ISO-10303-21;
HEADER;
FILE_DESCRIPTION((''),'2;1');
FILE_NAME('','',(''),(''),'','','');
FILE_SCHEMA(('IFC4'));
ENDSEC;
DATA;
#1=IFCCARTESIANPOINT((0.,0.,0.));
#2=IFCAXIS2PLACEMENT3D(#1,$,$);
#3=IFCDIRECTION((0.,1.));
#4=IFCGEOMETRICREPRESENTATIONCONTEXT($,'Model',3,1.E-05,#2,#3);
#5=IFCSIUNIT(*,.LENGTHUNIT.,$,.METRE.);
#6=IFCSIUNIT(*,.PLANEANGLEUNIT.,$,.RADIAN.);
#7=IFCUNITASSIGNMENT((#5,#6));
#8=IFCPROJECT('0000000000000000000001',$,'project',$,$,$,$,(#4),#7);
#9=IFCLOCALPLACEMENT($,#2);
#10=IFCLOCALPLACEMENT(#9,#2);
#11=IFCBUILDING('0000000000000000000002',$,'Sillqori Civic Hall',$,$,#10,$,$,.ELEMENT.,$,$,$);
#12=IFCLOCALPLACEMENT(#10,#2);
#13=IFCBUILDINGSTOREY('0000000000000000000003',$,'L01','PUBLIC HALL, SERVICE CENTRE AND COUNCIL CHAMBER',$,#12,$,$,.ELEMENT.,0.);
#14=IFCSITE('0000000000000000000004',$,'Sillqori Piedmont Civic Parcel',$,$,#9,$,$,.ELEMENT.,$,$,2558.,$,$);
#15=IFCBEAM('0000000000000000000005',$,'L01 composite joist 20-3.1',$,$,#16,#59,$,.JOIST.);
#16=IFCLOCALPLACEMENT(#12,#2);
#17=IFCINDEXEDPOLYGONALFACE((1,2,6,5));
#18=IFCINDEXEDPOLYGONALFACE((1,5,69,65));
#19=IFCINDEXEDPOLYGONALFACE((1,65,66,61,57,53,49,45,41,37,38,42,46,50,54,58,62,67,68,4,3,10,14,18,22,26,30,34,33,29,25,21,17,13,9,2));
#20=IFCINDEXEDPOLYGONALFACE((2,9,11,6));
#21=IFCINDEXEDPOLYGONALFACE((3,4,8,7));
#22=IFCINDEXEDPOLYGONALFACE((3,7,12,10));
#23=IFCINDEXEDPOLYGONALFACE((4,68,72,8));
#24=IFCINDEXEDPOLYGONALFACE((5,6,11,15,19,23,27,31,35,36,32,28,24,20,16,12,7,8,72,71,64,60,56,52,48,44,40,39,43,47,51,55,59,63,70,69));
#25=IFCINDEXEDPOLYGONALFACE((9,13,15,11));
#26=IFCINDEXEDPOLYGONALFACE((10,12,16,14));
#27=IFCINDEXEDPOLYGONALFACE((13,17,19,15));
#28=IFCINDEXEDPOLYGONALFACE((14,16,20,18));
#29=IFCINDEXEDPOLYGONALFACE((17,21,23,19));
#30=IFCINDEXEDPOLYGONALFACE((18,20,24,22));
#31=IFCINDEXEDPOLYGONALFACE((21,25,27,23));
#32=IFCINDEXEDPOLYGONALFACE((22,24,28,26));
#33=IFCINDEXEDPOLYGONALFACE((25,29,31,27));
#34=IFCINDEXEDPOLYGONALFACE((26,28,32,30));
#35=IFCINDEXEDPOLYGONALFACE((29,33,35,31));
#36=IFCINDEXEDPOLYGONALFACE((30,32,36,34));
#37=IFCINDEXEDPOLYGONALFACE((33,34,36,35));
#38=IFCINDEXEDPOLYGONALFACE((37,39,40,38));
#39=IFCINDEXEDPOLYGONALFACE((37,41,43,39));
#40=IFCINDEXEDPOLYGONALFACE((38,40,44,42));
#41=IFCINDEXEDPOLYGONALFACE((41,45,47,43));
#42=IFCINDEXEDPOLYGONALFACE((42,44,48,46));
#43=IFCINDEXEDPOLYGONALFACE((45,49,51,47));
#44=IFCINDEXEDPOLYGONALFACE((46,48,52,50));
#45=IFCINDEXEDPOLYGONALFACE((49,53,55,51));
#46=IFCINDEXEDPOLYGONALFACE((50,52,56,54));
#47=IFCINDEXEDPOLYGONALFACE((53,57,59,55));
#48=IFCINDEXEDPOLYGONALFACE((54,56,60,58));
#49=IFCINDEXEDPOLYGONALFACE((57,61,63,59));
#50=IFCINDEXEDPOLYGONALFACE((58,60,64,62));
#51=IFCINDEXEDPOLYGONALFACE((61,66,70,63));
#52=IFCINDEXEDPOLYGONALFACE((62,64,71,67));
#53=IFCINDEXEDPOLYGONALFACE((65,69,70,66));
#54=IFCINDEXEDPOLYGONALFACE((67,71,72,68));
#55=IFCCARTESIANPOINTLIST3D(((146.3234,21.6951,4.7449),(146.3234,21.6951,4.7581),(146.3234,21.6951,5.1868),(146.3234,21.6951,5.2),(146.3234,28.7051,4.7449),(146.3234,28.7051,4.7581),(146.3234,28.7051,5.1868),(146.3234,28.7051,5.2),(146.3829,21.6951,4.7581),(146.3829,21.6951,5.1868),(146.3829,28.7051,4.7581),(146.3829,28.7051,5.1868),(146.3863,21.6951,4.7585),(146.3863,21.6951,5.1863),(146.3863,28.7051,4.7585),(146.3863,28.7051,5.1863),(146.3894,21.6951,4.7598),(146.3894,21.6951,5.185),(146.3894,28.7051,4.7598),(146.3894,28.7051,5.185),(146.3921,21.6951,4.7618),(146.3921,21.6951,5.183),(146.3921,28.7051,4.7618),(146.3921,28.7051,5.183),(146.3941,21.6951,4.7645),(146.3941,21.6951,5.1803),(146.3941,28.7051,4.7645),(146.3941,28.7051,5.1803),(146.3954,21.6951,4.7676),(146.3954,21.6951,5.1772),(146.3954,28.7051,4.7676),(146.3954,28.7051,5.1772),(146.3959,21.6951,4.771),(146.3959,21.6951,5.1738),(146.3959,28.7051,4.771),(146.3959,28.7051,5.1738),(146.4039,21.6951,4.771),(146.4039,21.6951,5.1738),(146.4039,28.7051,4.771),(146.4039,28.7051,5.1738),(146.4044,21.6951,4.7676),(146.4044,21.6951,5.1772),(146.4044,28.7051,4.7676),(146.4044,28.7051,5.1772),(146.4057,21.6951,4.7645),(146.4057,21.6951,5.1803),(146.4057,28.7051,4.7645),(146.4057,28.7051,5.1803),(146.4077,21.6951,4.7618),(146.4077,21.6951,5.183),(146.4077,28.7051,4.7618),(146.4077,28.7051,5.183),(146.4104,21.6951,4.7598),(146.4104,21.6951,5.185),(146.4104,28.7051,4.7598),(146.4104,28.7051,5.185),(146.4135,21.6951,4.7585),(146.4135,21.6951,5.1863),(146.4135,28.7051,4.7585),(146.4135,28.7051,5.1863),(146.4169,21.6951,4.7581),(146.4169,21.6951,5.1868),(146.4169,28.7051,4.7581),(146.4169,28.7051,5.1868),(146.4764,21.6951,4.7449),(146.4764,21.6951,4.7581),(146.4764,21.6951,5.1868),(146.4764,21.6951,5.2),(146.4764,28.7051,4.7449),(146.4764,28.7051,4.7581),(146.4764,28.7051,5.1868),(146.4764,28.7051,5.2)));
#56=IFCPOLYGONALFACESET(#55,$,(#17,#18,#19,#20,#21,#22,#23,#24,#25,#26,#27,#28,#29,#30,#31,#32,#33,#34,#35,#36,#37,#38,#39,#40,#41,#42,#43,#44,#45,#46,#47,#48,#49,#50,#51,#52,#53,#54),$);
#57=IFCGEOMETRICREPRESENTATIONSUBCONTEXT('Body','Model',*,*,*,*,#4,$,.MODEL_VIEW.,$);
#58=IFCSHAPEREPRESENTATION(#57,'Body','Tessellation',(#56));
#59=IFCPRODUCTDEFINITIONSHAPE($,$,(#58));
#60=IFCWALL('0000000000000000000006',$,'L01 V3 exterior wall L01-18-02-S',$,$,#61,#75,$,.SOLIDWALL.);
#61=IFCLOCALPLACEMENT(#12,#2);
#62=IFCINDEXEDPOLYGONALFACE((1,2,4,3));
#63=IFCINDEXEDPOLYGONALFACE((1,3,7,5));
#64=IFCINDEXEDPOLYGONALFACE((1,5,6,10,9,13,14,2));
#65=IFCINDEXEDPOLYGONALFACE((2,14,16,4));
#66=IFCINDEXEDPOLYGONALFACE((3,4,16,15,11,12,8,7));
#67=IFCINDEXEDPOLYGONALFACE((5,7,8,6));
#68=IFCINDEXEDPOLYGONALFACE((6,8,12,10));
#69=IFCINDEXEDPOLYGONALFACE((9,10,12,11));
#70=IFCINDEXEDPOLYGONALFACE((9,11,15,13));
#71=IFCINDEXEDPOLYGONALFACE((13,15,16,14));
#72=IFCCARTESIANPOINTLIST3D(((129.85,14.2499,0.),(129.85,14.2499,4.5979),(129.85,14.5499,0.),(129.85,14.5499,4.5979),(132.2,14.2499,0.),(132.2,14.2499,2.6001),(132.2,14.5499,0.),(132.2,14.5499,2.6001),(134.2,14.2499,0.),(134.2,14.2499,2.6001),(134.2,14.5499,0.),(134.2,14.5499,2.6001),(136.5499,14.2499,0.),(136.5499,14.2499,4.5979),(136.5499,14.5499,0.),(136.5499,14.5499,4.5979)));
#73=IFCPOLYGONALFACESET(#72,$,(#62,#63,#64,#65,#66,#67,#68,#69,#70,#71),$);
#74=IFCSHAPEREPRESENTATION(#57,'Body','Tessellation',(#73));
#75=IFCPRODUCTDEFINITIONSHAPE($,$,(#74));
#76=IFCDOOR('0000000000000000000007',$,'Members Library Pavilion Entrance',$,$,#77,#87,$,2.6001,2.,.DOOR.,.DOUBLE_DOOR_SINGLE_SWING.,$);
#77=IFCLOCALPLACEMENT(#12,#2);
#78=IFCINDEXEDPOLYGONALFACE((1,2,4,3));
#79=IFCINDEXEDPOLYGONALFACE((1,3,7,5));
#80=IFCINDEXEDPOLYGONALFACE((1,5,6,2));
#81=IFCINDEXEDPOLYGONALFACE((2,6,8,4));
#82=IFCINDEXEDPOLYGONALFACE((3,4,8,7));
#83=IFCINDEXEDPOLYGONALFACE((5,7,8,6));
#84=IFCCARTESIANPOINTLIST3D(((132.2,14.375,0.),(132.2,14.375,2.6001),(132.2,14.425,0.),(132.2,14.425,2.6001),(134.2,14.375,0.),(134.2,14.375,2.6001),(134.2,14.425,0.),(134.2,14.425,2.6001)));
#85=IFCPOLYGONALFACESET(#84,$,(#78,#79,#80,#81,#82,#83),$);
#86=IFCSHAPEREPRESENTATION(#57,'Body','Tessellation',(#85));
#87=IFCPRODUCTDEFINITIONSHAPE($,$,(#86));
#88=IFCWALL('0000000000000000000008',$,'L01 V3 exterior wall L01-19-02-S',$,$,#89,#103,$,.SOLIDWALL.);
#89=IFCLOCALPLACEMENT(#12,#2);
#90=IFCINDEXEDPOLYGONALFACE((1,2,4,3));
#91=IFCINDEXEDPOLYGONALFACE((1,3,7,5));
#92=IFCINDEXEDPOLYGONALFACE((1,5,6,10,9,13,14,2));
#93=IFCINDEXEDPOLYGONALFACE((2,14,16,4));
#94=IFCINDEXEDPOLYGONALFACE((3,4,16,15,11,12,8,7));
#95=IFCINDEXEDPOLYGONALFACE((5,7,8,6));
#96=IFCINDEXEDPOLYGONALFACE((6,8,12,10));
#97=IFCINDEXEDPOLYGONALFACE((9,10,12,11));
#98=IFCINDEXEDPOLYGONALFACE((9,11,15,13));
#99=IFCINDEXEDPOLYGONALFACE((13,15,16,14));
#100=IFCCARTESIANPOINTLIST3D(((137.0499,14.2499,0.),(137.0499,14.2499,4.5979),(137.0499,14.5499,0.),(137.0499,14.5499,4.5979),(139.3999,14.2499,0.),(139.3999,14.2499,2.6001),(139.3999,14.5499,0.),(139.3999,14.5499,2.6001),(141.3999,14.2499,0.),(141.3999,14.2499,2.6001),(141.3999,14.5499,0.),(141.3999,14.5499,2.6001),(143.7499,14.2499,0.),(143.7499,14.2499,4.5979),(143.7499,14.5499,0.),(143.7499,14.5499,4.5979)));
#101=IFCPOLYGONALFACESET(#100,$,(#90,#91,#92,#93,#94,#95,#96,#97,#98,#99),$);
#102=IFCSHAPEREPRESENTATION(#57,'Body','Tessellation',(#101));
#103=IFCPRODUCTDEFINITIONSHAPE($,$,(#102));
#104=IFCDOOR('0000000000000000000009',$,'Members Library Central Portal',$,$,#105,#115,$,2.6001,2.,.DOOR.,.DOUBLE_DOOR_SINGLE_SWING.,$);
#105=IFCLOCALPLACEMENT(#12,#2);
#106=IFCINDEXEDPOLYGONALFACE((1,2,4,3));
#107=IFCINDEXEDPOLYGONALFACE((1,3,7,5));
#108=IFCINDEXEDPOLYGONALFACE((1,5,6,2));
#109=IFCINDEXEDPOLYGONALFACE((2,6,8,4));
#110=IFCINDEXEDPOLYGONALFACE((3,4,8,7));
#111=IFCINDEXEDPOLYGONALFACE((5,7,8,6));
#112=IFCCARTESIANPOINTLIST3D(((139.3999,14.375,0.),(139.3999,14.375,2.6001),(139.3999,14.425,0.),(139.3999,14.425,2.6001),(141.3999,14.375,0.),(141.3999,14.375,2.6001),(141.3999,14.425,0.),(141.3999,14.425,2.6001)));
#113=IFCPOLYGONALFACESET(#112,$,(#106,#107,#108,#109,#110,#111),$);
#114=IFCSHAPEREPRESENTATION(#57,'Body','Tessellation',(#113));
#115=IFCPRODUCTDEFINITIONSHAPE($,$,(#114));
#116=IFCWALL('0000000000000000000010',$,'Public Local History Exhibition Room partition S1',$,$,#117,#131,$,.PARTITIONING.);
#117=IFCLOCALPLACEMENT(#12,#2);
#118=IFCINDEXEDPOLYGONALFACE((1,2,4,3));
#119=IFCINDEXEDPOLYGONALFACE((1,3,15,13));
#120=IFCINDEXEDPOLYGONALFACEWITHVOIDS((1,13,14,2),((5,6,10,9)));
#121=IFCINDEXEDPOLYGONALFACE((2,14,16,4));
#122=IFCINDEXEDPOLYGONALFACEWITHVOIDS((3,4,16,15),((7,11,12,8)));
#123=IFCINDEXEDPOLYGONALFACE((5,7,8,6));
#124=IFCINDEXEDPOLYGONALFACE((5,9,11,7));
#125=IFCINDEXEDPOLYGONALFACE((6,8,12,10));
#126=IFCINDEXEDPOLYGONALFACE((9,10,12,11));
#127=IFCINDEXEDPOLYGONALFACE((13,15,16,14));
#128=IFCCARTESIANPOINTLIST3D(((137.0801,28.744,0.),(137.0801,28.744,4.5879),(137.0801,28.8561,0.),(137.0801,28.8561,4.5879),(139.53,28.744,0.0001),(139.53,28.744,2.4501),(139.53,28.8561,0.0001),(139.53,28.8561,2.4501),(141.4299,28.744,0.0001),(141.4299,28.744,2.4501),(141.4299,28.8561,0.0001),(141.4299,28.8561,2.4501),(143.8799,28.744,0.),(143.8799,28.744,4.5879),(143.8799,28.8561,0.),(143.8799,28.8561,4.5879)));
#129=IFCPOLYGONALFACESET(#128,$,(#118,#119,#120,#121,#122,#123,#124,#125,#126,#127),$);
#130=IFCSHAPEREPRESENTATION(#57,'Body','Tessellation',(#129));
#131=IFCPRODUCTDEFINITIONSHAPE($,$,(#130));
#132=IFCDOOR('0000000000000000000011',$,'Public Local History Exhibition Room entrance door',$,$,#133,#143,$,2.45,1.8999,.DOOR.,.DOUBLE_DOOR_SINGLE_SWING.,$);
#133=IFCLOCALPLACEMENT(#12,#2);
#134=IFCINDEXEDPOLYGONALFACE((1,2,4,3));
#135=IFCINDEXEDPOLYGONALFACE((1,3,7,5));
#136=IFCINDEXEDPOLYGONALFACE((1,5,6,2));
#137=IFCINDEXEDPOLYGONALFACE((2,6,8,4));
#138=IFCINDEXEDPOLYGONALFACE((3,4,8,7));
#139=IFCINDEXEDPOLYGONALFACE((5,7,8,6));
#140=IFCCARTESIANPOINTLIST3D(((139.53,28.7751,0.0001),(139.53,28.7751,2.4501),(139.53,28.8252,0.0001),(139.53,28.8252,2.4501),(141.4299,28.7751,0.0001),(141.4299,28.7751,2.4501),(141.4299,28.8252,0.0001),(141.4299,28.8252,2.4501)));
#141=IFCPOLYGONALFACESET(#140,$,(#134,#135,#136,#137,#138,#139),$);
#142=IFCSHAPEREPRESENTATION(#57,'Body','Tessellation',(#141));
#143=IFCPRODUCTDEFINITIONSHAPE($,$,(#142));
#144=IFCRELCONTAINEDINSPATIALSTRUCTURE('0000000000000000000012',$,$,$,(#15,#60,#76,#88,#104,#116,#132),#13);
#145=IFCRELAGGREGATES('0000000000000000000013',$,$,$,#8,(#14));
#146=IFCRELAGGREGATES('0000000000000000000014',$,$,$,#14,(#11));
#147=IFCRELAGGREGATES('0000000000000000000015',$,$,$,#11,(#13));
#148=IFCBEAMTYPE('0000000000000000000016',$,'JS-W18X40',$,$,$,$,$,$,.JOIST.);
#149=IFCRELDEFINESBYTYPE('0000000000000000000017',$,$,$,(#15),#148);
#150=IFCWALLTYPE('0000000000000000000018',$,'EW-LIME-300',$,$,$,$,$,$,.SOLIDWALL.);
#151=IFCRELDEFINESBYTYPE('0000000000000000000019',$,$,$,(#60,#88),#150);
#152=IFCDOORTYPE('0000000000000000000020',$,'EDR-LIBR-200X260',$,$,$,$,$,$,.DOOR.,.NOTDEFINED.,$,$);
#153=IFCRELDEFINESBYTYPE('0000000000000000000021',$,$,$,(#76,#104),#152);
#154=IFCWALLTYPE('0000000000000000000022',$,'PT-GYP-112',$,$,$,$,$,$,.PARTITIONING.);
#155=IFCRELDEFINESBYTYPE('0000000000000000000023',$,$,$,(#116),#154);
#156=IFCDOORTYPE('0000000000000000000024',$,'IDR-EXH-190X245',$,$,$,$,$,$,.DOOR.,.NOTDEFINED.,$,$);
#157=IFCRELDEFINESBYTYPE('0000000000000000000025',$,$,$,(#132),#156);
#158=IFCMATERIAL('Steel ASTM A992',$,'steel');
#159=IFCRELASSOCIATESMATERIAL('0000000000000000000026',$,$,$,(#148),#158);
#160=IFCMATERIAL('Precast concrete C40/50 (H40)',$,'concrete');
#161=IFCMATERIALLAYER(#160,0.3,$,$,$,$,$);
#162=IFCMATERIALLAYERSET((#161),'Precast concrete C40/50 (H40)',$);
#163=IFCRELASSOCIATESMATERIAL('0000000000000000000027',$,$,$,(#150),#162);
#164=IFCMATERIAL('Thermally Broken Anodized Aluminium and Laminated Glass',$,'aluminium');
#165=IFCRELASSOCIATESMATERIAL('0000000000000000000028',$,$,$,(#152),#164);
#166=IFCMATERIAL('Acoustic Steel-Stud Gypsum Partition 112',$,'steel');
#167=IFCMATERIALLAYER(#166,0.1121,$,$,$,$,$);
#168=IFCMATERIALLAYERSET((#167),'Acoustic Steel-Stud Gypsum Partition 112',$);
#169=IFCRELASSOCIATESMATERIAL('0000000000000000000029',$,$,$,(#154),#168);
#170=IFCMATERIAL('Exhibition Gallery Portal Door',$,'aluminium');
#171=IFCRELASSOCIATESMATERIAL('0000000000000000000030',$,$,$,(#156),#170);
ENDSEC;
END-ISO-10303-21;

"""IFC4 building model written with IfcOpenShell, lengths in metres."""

from ifc_helpers import new_model, si_unit, direction, frame, frame_2d, origin, origin_2d, place, context, subcontext, project, spatial, rectangle, i_section, extrude, material, layer, layer_set, material_profile, profile_set, type_object, element, fill, save


model = new_model("IFC4")

# Units and contexts
model_context = context("Model", 3, precision=1e-05, world=origin(), true_north=direction((0.0, 1.0)))
body_context = subcontext(model_context, "Body", "Model", "MODEL_VIEW")
ifc_project = project(units=[si_unit("LENGTHUNIT", "METRE"), si_unit("PLANEANGLEUNIT", "RADIAN")], contexts=[model_context])

# Site, building, storey
site_placement = place(None, origin())
site = spatial("IfcSite", under=ifc_project, at=site_placement, Name="Sillqori Piedmont Civic Parcel", CompositionType="ELEMENT", RefElevation=2558.0)
building_placement = place(site_placement, origin())
building = spatial("IfcBuilding", under=site, at=building_placement, Name="Sillqori Civic Hall", CompositionType="ELEMENT")
storey_placement = place(building_placement, origin())
storey = spatial("IfcBuildingStorey", under=building, at=storey_placement, Name="L01", Description="PUBLIC HALL, SERVICE CENTRE AND COUNCIL CHAMBER", CompositionType="ELEMENT", Elevation=0.0)

# Shared definitions
ifc_material_1 = material(Name="Steel ASTM A992", Category="steel")

# Beam
ifc_material_profile_1 = material_profile(ifc_material_1, i_section(OverallWidth=0.1531, OverallDepth=0.4551, WebThickness=0.0081, FlangeThickness=0.0132, FilletRadius=0.0129, at=origin_2d()), Name="W18X40")
ifc_profile_set_1 = profile_set([ifc_material_profile_1], Name="Steel ASTM A992")
beam_type_1 = type_object("IfcBeamType", Name="JS-W18X40", PredefinedType="JOIST", material=ifc_profile_set_1)
beam_1_placement = place(storey_placement, frame((146.3999, 21.6951, 4.9724), z_axis=(0.0, 1.0, 0.0), x_axis=(-1.0, 0.0, 0.0)))
element("IfcBeam", 1, at=beam_1_placement, inside=storey, type_object=beam_type_1, Name="L01 composite joist 20-3.1", PredefinedType="JOIST", context=body_context, shape_type="SweptSolid", body=[
    extrude(i_section(OverallWidth=0.1531, OverallDepth=0.4551, WebThickness=0.0081, FlangeThickness=0.0132, FilletRadius=0.0129, at=origin_2d()), origin(), (0.0, 0.0, 1.0), 7.01),
])

# Walls, openings, doors
ifc_material_2 = material(Name="Precast concrete C40/50 (H40)", Category="concrete")
ifc_layer_1 = layer(ifc_material_2, 0.3)
ifc_layer_set_1 = layer_set([ifc_layer_1], Name="Precast concrete C40/50 (H40)")
wall_type_1 = type_object("IfcWallType", Name="EW-LIME-300", PredefinedType="SOLIDWALL", material=ifc_layer_set_1)
wall_1_placement = place(storey_placement, frame((136.55, 14.3999, 0.0), z_axis=(0.0, 0.0, 1.0), x_axis=(-1.0, 0.0, 0.0)))
wall_1 = element("IfcWall", 2, at=wall_1_placement, inside=storey, type_object=wall_type_1, Name="L01 V3 exterior wall L01-18-02-S", PredefinedType="SOLIDWALL", context=body_context, shape_type="SweptSolid", body=[
    extrude(rectangle(XDim=6.7, YDim=0.3, at=frame_2d((3.3501, 0.0))), origin(), (0.0, 0.0, 1.0), 4.5979),
])
opening_1_placement = place(wall_1_placement, frame((2.3501, 0.0, 0.0)))
opening_1 = element("IfcOpeningElement", 3, at=opening_1_placement, cuts=wall_1, PredefinedType="OPENING", context=body_context, shape_type="SweptSolid", body=[
    extrude(rectangle(XDim=2.0, YDim=2.6001, at=frame_2d((1.0, 1.3))), frame((0.0, 0.1599, 0.0), z_axis=(0.0, -1.0, 0.0), x_axis=(1.0, 0.0, 0.0)), (0.0, 0.0, 1.0), 0.3201),
])
ifc_material_3 = material(Name="Thermally Broken Anodized Aluminium and Laminated Glass", Category="aluminium")
door_type_1 = type_object("IfcDoorType", Name="EDR-LIBR-200X260", OperationType="NOTDEFINED", PredefinedType="DOOR", material=ifc_material_3)
door_1_placement = place(opening_1_placement, origin())
door_1 = element("IfcDoor", 4, at=door_1_placement, inside=storey, type_object=door_type_1, Name="Members Library Pavilion Entrance", OperationType="DOUBLE_DOOR_SINGLE_SWING", OverallHeight=2.6001, OverallWidth=2.0, PredefinedType="DOOR", context=body_context, shape_type="SweptSolid", body=[
    extrude(rectangle(XDim=2.0, YDim=2.6001, at=frame_2d((1.0, 1.3))), frame((0.0, 0.0249, 0.0), z_axis=(0.0, -1.0, 0.0), x_axis=(1.0, 0.0, 0.0)), (0.0, 0.0, 1.0), 0.05),
])
fill(opening_1, door_1)
wall_2_placement = place(storey_placement, frame((143.75, 14.3999, 0.0), z_axis=(0.0, 0.0, 1.0), x_axis=(-1.0, 0.0, 0.0)))
wall_2 = element("IfcWall", 5, at=wall_2_placement, inside=storey, type_object=wall_type_1, Name="L01 V3 exterior wall L01-19-02-S", PredefinedType="SOLIDWALL", context=body_context, shape_type="SweptSolid", body=[
    extrude(rectangle(XDim=6.7, YDim=0.3, at=frame_2d((3.3501, 0.0))), origin(), (0.0, 0.0, 1.0), 4.5979),
])
opening_2_placement = place(wall_2_placement, frame((2.3501, 0.0, 0.0)))
opening_2 = element("IfcOpeningElement", 6, at=opening_2_placement, cuts=wall_2, PredefinedType="OPENING", context=body_context, shape_type="SweptSolid", body=[
    extrude(rectangle(XDim=2.0, YDim=2.6001, at=frame_2d((1.0, 1.3))), frame((0.0, 0.1599, 0.0), z_axis=(0.0, -1.0, 0.0), x_axis=(1.0, 0.0, 0.0)), (0.0, 0.0, 1.0), 0.3201),
])
door_2_placement = place(opening_2_placement, origin())
door_2 = element("IfcDoor", 7, at=door_2_placement, inside=storey, type_object=door_type_1, Name="Members Library Central Portal", OperationType="DOUBLE_DOOR_SINGLE_SWING", OverallHeight=2.6001, OverallWidth=2.0, PredefinedType="DOOR", context=body_context, shape_type="SweptSolid", body=[
    extrude(rectangle(XDim=2.0, YDim=2.6001, at=frame_2d((1.0, 1.3))), frame((0.0, 0.0249, 0.0), z_axis=(0.0, -1.0, 0.0), x_axis=(1.0, 0.0, 0.0)), (0.0, 0.0, 1.0), 0.05),
])
fill(opening_2, door_2)
ifc_material_4 = material(Name="Acoustic Steel-Stud Gypsum Partition 112", Category="steel")
ifc_layer_2 = layer(ifc_material_4, 0.1121)
ifc_layer_set_2 = layer_set([ifc_layer_2], Name="Acoustic Steel-Stud Gypsum Partition 112")
wall_type_2 = type_object("IfcWallType", Name="PT-GYP-112", PredefinedType="PARTITIONING", material=ifc_layer_set_2)
wall_3_placement = place(storey_placement, frame((143.8799, 28.8, 0.0), z_axis=(0.0, 0.0, 1.0), x_axis=(-1.0, 0.0, 0.0)))
wall_3 = element("IfcWall", 8, at=wall_3_placement, inside=storey, type_object=wall_type_2, Name="Public Local History Exhibition Room partition S1", PredefinedType="PARTITIONING", context=body_context, shape_type="SweptSolid", body=[
    extrude(rectangle(XDim=6.7998, YDim=0.1121, at=frame_2d((3.3999, 0.0))), origin(), (0.0, 0.0, 1.0), 4.5879),
])
opening_3_placement = place(wall_3_placement, frame((2.45, 0.0, 0.0)))
opening_3 = element("IfcOpeningElement", 9, at=opening_3_placement, cuts=wall_3, PredefinedType="OPENING", context=body_context, shape_type="SweptSolid", body=[
    extrude(rectangle(XDim=1.8999, YDim=2.45, at=frame_2d((0.95, 1.2251))), frame((0.0, 0.0659, 0.0), z_axis=(0.0, -1.0, 0.0), x_axis=(1.0, 0.0, 0.0)), (0.0, 0.0, 1.0), 0.1321),
])
ifc_material_5 = material(Name="Exhibition Gallery Portal Door", Category="aluminium")
door_type_2 = type_object("IfcDoorType", Name="IDR-EXH-190X245", OperationType="NOTDEFINED", PredefinedType="DOOR", material=ifc_material_5)
door_3_placement = place(opening_3_placement, origin())
door_3 = element("IfcDoor", 10, at=door_3_placement, inside=storey, type_object=door_type_2, Name="Public Local History Exhibition Room entrance door", OperationType="DOUBLE_DOOR_SINGLE_SWING", OverallHeight=2.45, OverallWidth=1.8999, PredefinedType="DOOR", context=body_context, shape_type="SweptSolid", body=[
    extrude(rectangle(XDim=1.8999, YDim=2.45, at=frame_2d((0.95, 1.2251))), frame((0.0, 0.0249, 0.0), z_axis=(0.0, -1.0, 0.0), x_axis=(1.0, 0.0, 0.0)), (0.0, 0.0, 1.0), 0.05),
])
fill(opening_3, door_3)

save(model, "model.ifc")
